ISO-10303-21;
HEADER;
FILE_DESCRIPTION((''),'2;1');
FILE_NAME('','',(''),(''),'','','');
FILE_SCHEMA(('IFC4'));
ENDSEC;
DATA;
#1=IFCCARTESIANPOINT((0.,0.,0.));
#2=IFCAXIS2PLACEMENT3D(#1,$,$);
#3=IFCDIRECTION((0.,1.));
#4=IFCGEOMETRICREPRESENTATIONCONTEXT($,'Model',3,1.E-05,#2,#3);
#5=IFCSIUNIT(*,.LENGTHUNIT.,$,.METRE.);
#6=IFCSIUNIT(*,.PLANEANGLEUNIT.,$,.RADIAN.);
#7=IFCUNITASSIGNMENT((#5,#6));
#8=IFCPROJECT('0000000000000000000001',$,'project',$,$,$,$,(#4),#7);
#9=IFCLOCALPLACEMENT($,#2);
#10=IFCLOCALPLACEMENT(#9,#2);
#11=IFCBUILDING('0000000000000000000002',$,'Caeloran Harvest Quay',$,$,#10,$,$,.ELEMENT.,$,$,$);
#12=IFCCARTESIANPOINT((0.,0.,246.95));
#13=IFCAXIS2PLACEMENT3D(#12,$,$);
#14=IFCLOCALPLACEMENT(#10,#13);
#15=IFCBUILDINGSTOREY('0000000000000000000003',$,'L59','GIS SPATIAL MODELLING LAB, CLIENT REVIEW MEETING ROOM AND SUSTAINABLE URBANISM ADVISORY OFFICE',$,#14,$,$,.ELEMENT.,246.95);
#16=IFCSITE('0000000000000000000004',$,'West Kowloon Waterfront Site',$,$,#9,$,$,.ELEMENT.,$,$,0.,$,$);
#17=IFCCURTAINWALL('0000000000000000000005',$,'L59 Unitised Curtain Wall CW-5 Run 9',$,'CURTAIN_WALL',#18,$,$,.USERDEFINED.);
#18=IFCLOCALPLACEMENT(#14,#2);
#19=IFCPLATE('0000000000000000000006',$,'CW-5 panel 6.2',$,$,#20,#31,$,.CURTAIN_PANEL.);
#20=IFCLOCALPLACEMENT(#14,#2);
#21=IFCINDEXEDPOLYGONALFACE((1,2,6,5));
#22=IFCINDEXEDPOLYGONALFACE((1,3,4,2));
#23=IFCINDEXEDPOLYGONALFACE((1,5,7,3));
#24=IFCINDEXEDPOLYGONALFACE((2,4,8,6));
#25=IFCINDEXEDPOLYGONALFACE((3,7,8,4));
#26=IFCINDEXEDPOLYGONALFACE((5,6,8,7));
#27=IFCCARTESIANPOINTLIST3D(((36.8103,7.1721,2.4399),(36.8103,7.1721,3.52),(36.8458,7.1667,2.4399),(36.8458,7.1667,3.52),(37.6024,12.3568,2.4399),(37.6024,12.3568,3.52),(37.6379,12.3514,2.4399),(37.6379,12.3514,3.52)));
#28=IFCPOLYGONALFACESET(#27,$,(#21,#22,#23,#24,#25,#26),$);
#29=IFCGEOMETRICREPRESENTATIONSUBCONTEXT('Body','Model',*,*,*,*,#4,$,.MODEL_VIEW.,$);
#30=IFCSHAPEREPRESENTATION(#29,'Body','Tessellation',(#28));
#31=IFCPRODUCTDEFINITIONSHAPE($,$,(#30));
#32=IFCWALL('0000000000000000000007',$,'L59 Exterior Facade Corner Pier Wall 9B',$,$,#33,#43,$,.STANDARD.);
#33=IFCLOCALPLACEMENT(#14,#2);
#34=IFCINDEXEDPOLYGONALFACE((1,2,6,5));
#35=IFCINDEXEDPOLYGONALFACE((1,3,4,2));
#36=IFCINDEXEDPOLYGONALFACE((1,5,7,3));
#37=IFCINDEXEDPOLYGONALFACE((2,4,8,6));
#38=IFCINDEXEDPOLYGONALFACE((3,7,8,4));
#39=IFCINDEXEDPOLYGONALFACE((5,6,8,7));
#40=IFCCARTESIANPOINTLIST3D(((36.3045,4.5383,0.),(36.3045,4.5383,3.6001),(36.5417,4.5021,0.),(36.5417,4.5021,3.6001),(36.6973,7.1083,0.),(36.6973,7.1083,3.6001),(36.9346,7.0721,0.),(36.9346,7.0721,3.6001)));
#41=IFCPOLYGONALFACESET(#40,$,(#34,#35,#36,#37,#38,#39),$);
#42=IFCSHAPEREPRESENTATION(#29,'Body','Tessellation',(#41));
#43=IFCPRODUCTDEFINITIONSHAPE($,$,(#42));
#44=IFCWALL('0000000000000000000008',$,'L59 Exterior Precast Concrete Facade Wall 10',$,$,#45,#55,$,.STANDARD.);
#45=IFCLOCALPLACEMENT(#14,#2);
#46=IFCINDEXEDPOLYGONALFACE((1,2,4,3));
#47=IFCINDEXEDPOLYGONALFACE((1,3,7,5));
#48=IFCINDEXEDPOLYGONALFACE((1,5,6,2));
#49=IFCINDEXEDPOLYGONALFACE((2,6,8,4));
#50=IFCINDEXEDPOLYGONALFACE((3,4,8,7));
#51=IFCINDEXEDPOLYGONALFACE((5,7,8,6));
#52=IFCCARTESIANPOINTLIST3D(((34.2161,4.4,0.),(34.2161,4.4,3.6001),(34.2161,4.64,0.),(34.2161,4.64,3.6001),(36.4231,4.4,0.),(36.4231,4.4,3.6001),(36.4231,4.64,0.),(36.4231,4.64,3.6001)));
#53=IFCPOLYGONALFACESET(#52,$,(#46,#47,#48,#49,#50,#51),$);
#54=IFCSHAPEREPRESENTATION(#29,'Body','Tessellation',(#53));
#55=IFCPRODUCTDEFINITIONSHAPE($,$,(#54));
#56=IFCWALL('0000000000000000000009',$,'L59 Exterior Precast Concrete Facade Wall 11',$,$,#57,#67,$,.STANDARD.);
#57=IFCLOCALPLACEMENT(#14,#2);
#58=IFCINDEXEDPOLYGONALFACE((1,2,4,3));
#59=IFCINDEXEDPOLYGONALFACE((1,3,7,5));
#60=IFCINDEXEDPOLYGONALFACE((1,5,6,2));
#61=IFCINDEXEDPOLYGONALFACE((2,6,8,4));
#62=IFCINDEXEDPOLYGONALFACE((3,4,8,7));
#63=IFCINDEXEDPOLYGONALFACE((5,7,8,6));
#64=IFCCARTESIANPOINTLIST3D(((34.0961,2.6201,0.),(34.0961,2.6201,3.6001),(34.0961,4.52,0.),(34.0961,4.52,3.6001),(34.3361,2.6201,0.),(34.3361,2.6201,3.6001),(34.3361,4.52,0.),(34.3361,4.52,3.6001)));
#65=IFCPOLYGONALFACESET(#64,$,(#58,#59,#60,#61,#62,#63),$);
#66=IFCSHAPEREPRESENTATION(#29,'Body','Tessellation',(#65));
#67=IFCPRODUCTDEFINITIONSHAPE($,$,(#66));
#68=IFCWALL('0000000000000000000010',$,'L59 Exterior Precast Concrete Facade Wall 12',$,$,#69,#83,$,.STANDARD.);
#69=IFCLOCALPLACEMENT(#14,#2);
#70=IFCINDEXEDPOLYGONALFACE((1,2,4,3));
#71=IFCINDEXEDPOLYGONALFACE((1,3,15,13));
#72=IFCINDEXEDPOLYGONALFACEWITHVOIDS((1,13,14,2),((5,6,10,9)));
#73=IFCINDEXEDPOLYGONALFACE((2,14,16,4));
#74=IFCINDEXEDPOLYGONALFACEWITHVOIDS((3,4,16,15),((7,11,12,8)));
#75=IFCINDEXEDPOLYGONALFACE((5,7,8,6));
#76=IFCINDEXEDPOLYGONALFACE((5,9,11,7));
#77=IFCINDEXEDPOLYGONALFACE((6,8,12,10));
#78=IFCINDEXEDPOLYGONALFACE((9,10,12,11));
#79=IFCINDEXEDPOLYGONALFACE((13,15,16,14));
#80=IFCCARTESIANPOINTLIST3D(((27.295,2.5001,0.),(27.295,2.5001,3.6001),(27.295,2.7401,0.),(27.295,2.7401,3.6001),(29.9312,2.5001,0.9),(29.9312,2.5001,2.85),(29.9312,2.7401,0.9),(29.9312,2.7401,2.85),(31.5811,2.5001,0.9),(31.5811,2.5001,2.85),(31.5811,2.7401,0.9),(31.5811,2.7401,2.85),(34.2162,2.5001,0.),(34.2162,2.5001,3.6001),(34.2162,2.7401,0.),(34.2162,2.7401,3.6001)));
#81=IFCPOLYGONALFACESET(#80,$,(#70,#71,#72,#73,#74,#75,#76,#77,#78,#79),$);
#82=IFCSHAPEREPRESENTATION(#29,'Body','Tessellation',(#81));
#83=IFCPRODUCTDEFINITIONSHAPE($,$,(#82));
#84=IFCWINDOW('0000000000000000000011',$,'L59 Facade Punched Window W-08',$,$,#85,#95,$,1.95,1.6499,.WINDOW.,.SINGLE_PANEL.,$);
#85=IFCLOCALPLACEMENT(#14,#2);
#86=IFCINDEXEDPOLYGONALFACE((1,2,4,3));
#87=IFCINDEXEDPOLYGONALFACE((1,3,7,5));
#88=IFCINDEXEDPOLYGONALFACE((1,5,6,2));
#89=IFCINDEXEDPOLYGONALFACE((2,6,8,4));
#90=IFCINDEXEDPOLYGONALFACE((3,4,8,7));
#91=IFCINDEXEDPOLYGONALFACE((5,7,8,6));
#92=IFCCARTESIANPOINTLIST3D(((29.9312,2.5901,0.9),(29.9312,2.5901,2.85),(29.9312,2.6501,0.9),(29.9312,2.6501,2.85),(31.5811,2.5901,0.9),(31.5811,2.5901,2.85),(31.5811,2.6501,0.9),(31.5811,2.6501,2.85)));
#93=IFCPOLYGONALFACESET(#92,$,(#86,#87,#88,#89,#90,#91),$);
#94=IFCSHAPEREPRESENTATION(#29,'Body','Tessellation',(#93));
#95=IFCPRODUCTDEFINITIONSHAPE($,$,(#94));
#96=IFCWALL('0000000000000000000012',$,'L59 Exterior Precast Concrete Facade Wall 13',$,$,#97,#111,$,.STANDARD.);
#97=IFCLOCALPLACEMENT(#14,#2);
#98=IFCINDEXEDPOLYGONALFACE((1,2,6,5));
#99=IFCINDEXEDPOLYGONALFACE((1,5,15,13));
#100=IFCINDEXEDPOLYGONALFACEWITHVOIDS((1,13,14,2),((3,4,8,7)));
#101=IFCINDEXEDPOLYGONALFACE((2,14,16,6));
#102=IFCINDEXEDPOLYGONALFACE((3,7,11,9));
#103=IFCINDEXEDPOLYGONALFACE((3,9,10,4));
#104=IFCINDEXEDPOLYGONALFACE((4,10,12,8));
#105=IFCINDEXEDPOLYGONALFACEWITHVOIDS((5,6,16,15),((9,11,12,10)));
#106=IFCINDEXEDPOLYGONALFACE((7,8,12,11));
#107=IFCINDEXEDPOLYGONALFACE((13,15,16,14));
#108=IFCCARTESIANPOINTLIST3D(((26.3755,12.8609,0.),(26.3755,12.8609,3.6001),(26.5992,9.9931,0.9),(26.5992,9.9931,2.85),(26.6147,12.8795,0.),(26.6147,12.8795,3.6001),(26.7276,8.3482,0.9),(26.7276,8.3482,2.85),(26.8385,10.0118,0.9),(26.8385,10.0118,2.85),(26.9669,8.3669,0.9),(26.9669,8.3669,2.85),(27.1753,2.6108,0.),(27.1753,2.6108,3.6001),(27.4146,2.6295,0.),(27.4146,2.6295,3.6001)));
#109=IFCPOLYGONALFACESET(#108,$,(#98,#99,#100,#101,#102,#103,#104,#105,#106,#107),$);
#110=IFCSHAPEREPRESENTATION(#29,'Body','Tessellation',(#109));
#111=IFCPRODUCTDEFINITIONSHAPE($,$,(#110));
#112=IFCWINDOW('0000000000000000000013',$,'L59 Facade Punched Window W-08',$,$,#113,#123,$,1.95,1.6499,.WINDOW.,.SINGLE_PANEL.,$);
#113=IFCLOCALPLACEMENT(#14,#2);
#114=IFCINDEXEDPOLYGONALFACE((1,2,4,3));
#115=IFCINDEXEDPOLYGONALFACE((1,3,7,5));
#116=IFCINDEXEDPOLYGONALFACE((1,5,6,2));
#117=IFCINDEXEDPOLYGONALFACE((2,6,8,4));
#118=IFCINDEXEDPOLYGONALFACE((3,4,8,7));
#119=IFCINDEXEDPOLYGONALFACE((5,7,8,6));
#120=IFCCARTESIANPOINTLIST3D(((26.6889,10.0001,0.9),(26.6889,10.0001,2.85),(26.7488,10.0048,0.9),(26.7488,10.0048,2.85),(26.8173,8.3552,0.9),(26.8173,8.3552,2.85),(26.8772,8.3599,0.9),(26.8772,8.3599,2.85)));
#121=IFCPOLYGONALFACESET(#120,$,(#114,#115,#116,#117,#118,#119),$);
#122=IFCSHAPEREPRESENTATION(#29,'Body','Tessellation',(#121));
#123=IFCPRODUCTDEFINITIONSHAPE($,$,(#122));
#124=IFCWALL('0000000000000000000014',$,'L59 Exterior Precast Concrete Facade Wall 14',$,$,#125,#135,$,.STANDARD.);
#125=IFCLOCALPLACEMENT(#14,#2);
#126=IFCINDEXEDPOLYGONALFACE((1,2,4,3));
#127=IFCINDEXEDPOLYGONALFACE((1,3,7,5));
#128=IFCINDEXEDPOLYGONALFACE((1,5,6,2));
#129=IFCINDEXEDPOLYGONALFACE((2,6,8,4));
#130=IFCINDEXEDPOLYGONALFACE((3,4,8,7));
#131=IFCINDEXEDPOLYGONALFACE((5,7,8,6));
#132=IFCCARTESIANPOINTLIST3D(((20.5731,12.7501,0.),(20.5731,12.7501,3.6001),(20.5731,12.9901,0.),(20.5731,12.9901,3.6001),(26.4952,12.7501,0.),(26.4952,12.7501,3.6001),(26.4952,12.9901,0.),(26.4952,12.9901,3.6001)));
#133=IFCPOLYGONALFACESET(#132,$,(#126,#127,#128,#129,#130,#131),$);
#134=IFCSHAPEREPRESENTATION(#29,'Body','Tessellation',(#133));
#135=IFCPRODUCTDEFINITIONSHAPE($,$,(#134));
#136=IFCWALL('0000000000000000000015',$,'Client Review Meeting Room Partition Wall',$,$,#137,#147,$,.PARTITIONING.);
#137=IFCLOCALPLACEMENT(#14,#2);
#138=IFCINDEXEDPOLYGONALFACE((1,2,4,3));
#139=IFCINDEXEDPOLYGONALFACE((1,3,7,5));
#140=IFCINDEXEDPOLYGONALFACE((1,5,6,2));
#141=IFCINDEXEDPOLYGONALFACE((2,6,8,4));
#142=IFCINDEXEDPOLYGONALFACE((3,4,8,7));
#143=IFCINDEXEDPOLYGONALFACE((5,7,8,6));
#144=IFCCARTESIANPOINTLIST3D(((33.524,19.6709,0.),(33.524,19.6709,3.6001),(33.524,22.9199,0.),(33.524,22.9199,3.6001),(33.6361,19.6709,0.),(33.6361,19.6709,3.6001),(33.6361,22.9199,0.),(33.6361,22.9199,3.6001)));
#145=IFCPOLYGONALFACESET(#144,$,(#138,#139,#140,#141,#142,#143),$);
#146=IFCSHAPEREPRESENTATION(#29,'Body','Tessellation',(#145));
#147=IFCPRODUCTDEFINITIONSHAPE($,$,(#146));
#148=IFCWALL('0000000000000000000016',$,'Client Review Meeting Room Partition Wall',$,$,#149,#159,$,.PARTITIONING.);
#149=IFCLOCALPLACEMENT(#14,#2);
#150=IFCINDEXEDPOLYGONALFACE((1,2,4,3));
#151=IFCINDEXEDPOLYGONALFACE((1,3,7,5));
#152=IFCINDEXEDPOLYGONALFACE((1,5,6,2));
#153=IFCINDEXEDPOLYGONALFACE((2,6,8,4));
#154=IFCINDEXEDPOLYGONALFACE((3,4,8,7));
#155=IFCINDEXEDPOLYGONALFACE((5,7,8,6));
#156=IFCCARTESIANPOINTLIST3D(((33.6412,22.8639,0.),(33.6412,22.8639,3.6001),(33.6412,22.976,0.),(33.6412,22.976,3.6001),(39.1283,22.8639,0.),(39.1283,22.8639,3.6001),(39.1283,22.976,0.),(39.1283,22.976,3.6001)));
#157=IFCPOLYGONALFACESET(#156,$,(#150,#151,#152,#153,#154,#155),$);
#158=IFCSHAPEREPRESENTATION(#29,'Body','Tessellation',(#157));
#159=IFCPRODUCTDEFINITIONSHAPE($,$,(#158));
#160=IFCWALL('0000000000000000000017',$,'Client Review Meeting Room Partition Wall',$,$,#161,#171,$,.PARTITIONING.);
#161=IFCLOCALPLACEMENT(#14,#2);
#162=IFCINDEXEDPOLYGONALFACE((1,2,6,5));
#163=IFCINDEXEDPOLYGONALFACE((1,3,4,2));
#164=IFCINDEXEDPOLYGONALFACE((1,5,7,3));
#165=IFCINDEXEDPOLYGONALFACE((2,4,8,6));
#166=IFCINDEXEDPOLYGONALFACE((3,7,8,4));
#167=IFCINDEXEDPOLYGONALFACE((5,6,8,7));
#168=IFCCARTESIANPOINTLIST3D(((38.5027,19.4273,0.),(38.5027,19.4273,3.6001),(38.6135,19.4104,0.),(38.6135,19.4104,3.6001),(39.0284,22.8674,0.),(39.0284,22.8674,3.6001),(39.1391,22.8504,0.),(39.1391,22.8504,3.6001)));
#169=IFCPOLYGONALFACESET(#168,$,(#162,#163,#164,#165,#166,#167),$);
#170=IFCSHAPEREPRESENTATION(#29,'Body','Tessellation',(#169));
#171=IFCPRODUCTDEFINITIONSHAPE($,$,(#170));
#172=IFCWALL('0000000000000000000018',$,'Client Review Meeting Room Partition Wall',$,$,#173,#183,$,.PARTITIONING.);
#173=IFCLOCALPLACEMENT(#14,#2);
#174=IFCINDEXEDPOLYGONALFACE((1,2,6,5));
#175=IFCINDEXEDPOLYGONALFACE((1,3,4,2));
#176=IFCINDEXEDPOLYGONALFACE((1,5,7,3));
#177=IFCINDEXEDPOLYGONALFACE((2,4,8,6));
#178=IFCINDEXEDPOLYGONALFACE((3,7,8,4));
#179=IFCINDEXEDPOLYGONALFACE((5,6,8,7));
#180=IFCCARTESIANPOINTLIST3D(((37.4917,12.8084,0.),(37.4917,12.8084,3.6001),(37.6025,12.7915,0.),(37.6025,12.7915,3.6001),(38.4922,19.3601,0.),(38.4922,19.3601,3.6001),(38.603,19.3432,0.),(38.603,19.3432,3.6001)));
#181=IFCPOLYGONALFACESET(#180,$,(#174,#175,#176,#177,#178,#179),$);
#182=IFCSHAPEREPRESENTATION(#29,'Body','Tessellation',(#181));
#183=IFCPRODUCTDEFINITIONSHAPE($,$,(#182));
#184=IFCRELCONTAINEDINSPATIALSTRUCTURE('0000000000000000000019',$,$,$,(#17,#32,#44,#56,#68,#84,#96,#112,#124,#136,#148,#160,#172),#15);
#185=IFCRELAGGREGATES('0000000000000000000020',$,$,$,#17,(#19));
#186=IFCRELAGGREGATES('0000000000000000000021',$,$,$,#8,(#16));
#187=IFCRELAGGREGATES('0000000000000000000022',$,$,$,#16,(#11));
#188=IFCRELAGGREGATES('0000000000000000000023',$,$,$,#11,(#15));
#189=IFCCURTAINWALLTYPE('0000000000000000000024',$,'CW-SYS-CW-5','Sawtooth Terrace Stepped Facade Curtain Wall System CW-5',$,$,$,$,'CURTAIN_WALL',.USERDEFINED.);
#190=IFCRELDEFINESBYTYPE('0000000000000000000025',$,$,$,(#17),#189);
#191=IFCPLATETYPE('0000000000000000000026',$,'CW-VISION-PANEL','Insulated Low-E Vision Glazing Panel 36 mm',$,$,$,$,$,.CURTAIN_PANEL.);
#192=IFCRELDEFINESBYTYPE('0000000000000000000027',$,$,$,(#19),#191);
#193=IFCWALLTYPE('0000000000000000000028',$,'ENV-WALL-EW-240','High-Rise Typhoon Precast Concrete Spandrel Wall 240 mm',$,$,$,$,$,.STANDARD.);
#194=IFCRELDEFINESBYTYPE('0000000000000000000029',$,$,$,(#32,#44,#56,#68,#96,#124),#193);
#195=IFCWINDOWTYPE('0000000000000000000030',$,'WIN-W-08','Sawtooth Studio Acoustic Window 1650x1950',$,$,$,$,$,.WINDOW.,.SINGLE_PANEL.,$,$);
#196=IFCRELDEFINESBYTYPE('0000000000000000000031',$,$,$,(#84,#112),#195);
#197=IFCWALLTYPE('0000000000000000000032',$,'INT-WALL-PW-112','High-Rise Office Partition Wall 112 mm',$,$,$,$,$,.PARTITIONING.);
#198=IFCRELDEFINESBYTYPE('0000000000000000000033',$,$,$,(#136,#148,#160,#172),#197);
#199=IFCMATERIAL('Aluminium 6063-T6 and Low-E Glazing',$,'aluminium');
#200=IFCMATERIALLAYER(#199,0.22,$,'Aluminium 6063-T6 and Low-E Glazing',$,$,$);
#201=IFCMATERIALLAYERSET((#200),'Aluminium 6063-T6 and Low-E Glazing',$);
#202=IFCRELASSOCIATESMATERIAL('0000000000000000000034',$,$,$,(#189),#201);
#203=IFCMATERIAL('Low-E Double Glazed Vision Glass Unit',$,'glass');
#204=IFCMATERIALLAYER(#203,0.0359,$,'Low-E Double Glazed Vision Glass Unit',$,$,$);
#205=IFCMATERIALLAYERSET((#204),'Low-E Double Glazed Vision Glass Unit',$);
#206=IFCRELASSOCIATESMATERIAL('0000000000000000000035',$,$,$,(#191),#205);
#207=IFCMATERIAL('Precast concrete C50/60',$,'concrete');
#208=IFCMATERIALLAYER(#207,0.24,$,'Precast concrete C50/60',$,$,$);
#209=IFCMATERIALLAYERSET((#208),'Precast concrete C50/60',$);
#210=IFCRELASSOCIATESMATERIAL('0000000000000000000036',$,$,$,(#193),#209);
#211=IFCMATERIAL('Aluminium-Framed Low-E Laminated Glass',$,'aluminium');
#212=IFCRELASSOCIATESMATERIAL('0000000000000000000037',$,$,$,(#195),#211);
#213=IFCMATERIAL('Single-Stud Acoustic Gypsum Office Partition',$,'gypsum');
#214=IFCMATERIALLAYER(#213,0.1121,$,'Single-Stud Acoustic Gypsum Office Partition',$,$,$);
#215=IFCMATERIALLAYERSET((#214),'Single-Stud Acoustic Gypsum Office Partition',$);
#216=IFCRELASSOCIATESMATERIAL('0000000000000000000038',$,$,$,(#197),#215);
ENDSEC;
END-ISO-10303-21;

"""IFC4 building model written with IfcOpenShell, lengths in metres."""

from ifc_helpers import new_model, si_unit, direction, frame, frame_2d, origin, origin_2d, place, context, subcontext, project, spatial, rectangle, extrude, material, layer, layer_set, type_object, element, fill, aggregate, save


model = new_model("IFC4")

# Units and contexts
model_context = context("Model", 3, precision=1e-05, world=origin(), true_north=direction((0.0, 1.0)))
body_context = subcontext(model_context, "Body", "Model", "MODEL_VIEW")
ifc_project = project(units=[si_unit("LENGTHUNIT", "METRE"), si_unit("PLANEANGLEUNIT", "RADIAN")], contexts=[model_context])

# Site, building, storey
site_placement = place(None, origin())
site = spatial("IfcSite", under=ifc_project, at=site_placement, Name="West Kowloon Waterfront Site", CompositionType="ELEMENT", RefElevation=0.0)
building_placement = place(site_placement, origin())
building = spatial("IfcBuilding", under=site, at=building_placement, Name="Caeloran Harvest Quay", CompositionType="ELEMENT")
storey_placement = place(building_placement, frame((0.0, 0.0, 246.95)))
storey = spatial("IfcBuildingStorey", under=building, at=storey_placement, Name="L59", Description="GIS SPATIAL MODELLING LAB, CLIENT REVIEW MEETING ROOM AND SUSTAINABLE URBANISM ADVISORY OFFICE", CompositionType="ELEMENT", Elevation=246.95)

# Curtain wall, plate
ifc_material_1 = material(Name="Aluminium 6063-T6 and Low-E Glazing", Category="aluminium")
ifc_layer_1 = layer(ifc_material_1, 0.22, Name="Aluminium 6063-T6 and Low-E Glazing")
ifc_layer_set_1 = layer_set([ifc_layer_1], Name="Aluminium 6063-T6 and Low-E Glazing")
curtain_wall_type = type_object("IfcCurtainWallType", Name="CW-SYS-CW-5", Description="Sawtooth Terrace Stepped Facade Curtain Wall System CW-5", ElementType="CURTAIN_WALL", PredefinedType="USERDEFINED", material=ifc_layer_set_1)
curtain_wall_placement = place(storey_placement, origin())
curtain_wall = element("IfcCurtainWall", 1, at=curtain_wall_placement, inside=storey, type_object=curtain_wall_type, Name="L59 Unitised Curtain Wall CW-5 Run 9", ObjectType="CURTAIN_WALL", PredefinedType="USERDEFINED")
ifc_material_2 = material(Name="Low-E Double Glazed Vision Glass Unit", Category="glass")
ifc_layer_2 = layer(ifc_material_2, 0.0359, Name="Low-E Double Glazed Vision Glass Unit")
ifc_layer_set_2 = layer_set([ifc_layer_2], Name="Low-E Double Glazed Vision Glass Unit")
plate_type = type_object("IfcPlateType", Name="CW-VISION-PANEL", Description="Insulated Low-E Vision Glazing Panel 36 mm", PredefinedType="CURTAIN_PANEL", material=ifc_layer_set_2)
plate_1_placement = place(storey_placement, frame((37.2241, 9.7617, 2.4399), z_axis=(0.0, 0.0, 1.0), x_axis=(-0.151028, -0.98853, 0.0)))
plate_1 = element("IfcPlate", 2, at=plate_1_placement, type_object=plate_type, Name="CW-5 panel 6.2", PredefinedType="CURTAIN_PANEL", context=body_context, shape_type="SweptSolid", body=[
    extrude(rectangle(XDim=5.2449, YDim=0.0359, at=origin_2d()), origin(), (0.0, 0.0, 1.0), 1.0801),
])
aggregate(curtain_wall, [plate_1])

# Walls
ifc_material_3 = material(Name="Precast concrete C50/60", Category="concrete")
ifc_layer_3 = layer(ifc_material_3, 0.24, Name="Precast concrete C50/60")
ifc_layer_set_3 = layer_set([ifc_layer_3], Name="Precast concrete C50/60")
wall_type_1 = type_object("IfcWallType", Name="ENV-WALL-EW-240", Description="High-Rise Typhoon Precast Concrete Spandrel Wall 240 mm", PredefinedType="STANDARD", material=ifc_layer_set_3)
wall_1_placement = place(storey_placement, frame((36.8159, 7.0901, 0.0), z_axis=(0.0, 0.0, 1.0), x_axis=(-0.15109, -0.98852, 0.0)))
element("IfcWall", 3, at=wall_1_placement, inside=storey, type_object=wall_type_1, Name="L59 Exterior Facade Corner Pier Wall 9B", PredefinedType="STANDARD", context=body_context, shape_type="SweptSolid", body=[
    extrude(rectangle(XDim=2.5999, YDim=0.24, at=frame_2d((1.2998, 0.0))), origin(), (0.0, 0.0, 1.0), 3.6001),
])
wall_2_placement = place(storey_placement, frame((36.4231, 4.52, 0.0), z_axis=(0.0, 0.0, 1.0), x_axis=(-1.0, 0.0, 0.0)))
element("IfcWall", 4, at=wall_2_placement, inside=storey, type_object=wall_type_1, Name="L59 Exterior Precast Concrete Facade Wall 10", PredefinedType="STANDARD", context=body_context, shape_type="SweptSolid", body=[
    extrude(rectangle(XDim=2.207, YDim=0.24, at=frame_2d((1.1035, 0.0))), origin(), (0.0, 0.0, 1.0), 3.6001),
])
wall_3_placement = place(storey_placement, frame((34.2161, 4.52, 0.0), z_axis=(0.0, 0.0, 1.0), x_axis=(0.0, -1.0, 0.0)))
element("IfcWall", 5, at=wall_3_placement, inside=storey, type_object=wall_type_1, Name="L59 Exterior Precast Concrete Facade Wall 11", PredefinedType="STANDARD", context=body_context, shape_type="SweptSolid", body=[
    extrude(rectangle(XDim=1.8999, YDim=0.24, at=frame_2d((0.95, 0.0))), origin(), (0.0, 0.0, 1.0), 3.6001),
])

# Walls, openings, windows
wall_4_placement = place(storey_placement, frame((34.2161, 2.6201, 0.0), z_axis=(0.0, 0.0, 1.0), x_axis=(-1.0, 0.0, 0.0)))
wall_4 = element("IfcWall", 6, at=wall_4_placement, inside=storey, type_object=wall_type_1, Name="L59 Exterior Precast Concrete Facade Wall 12", PredefinedType="STANDARD", context=body_context, shape_type="SweptSolid", body=[
    extrude(rectangle(XDim=6.9211, YDim=0.24, at=frame_2d((3.4604, 0.0))), origin(), (0.0, 0.0, 1.0), 3.6001),
])
opening_1_placement = place(wall_4_placement, frame((2.635, 0.0, 0.8999)))
opening_1 = element("IfcOpeningElement", 7, at=opening_1_placement, cuts=wall_4, PredefinedType="OPENING", context=body_context, shape_type="SweptSolid", body=[
    extrude(rectangle(XDim=1.6499, YDim=1.95, at=frame_2d((0.825, 0.9751))), frame((0.0, 0.1299, 0.0), z_axis=(0.0, -1.0, 0.0), x_axis=(1.0, 0.0, 0.0)), (0.0, 0.0, 1.0), 0.26),
])
ifc_material_4 = material(Name="Aluminium-Framed Low-E Laminated Glass", Category="aluminium")
window_type = type_object("IfcWindowType", Name="WIN-W-08", Description="Sawtooth Studio Acoustic Window 1650x1950", PartitioningType="SINGLE_PANEL", PredefinedType="WINDOW", material=ifc_material_4)
window_1_placement = place(opening_1_placement, origin())
window_1 = element("IfcWindow", 8, at=window_1_placement, inside=storey, type_object=window_type, Name="L59 Facade Punched Window W-08", OverallHeight=1.95, OverallWidth=1.6499, PartitioningType="SINGLE_PANEL", PredefinedType="WINDOW", context=body_context, shape_type="SweptSolid", body=[
    extrude(rectangle(XDim=1.6499, YDim=1.95, at=frame_2d((0.825, 0.9751))), frame((0.0, 0.03, 0.0), z_axis=(0.0, -1.0, 0.0), x_axis=(1.0, 0.0, 0.0)), (0.0, 0.0, 1.0), 0.0601),
])
fill(opening_1, window_1)
wall_5_placement = place(storey_placement, frame((27.2949, 2.6201, 0.0), z_axis=(0.0, 0.0, 1.0), x_axis=(-0.077793, 0.99697, 0.0)))
wall_5 = element("IfcWall", 9, at=wall_5_placement, inside=storey, type_object=wall_type_1, Name="L59 Exterior Precast Concrete Facade Wall 13", PredefinedType="STANDARD", context=body_context, shape_type="SweptSolid", body=[
    extrude(rectangle(XDim=10.2812, YDim=0.24, at=frame_2d((5.1406, 0.0))), origin(), (0.0, 0.0, 1.0), 3.6001),
])
opening_2_placement = place(wall_5_placement, frame((5.7549, 0.0, 0.8999)))
opening_2 = element("IfcOpeningElement", 10, at=opening_2_placement, cuts=wall_5, PredefinedType="OPENING", context=body_context, shape_type="SweptSolid", body=[
    extrude(rectangle(XDim=1.6499, YDim=1.95, at=frame_2d((0.825, 0.9751))), frame((0.0, 0.1299, 0.0), z_axis=(0.0, -1.0, 0.0), x_axis=(1.0, 0.0, 0.0)), (0.0, 0.0, 1.0), 0.26),
])
window_2_placement = place(opening_2_placement, origin())
window_2 = element("IfcWindow", 11, at=window_2_placement, inside=storey, type_object=window_type, Name="L59 Facade Punched Window W-08", OverallHeight=1.95, OverallWidth=1.6499, PartitioningType="SINGLE_PANEL", PredefinedType="WINDOW", context=body_context, shape_type="SweptSolid", body=[
    extrude(rectangle(XDim=1.6499, YDim=1.95, at=frame_2d((0.825, 0.9751))), frame((0.0, 0.03, 0.0), z_axis=(0.0, -1.0, 0.0), x_axis=(1.0, 0.0, 0.0)), (0.0, 0.0, 1.0), 0.0601),
])
fill(opening_2, window_2)

# Walls
wall_6_placement = place(storey_placement, frame((26.4951, 12.8701, 0.0), z_axis=(0.0, 0.0, 1.0), x_axis=(-1.0, 0.0, 0.0)))
element("IfcWall", 12, at=wall_6_placement, inside=storey, type_object=wall_type_1, Name="L59 Exterior Precast Concrete Facade Wall 14", PredefinedType="STANDARD", context=body_context, shape_type="SweptSolid", body=[
    extrude(rectangle(XDim=5.9221, YDim=0.24, at=frame_2d((2.9609, 0.0))), origin(), (0.0, 0.0, 1.0), 3.6001),
])
ifc_material_5 = material(Name="Single-Stud Acoustic Gypsum Office Partition", Category="gypsum")
ifc_layer_4 = layer(ifc_material_5, 0.1121, Name="Single-Stud Acoustic Gypsum Office Partition")
ifc_layer_set_4 = layer_set([ifc_layer_4], Name="Single-Stud Acoustic Gypsum Office Partition")
wall_type_2 = type_object("IfcWallType", Name="INT-WALL-PW-112", Description="High-Rise Office Partition Wall 112 mm", PredefinedType="PARTITIONING", material=ifc_layer_set_4)
wall_7_placement = place(storey_placement, frame((33.5801, 19.6709, 0.0), z_axis=(0.0, 0.0, 1.0), x_axis=(0.0, 1.0, 0.0)))
element("IfcWall", 13, at=wall_7_placement, inside=storey, type_object=wall_type_2, Name="Client Review Meeting Room Partition Wall", PredefinedType="PARTITIONING", context=body_context, shape_type="SweptSolid", body=[
    extrude(rectangle(XDim=3.249, YDim=0.1121, at=frame_2d((1.6245, 0.0))), origin(), (0.0, 0.0, 1.0), 3.6001),
])
wall_8_placement = place(storey_placement, frame((33.6411, 22.9199, 0.0), z_axis=(0.0, 0.0, 1.0), x_axis=(1.0, 0.0, 0.0)))
element("IfcWall", 14, at=wall_8_placement, inside=storey, type_object=wall_type_2, Name="Client Review Meeting Room Partition Wall", PredefinedType="PARTITIONING", context=body_context, shape_type="SweptSolid", body=[
    extrude(rectangle(XDim=5.4871, YDim=0.1121, at=frame_2d((2.7437, 0.0))), origin(), (0.0, 0.0, 1.0), 3.6001),
])
wall_9_placement = place(storey_placement, frame((39.0837, 22.8589, 0.0), z_axis=(0.0, 0.0, 1.0), x_axis=(-0.15105, -0.988526, 0.0)))
element("IfcWall", 15, at=wall_9_placement, inside=storey, type_object=wall_type_2, Name="Client Review Meeting Room Partition Wall", PredefinedType="PARTITIONING", context=body_context, shape_type="SweptSolid", body=[
    extrude(rectangle(XDim=3.48, YDim=0.1121, at=frame_2d((1.74, 0.0))), origin(), (0.0, 0.0, 1.0), 3.6001),
])
wall_10_placement = place(storey_placement, frame((38.5476, 19.3518, 0.0), z_axis=(0.0, 0.0, 1.0), x_axis=(-0.150955, -0.988541, 0.0)))
element("IfcWall", 16, at=wall_10_placement, inside=storey, type_object=wall_type_2, Name="Client Review Meeting Room Partition Wall", PredefinedType="PARTITIONING", context=body_context, shape_type="SweptSolid", body=[
    extrude(rectangle(XDim=6.6277, YDim=0.1121, at=frame_2d((3.314, 0.0))), origin(), (0.0, 0.0, 1.0), 3.6001),
])

save(model, "model.ifc")
